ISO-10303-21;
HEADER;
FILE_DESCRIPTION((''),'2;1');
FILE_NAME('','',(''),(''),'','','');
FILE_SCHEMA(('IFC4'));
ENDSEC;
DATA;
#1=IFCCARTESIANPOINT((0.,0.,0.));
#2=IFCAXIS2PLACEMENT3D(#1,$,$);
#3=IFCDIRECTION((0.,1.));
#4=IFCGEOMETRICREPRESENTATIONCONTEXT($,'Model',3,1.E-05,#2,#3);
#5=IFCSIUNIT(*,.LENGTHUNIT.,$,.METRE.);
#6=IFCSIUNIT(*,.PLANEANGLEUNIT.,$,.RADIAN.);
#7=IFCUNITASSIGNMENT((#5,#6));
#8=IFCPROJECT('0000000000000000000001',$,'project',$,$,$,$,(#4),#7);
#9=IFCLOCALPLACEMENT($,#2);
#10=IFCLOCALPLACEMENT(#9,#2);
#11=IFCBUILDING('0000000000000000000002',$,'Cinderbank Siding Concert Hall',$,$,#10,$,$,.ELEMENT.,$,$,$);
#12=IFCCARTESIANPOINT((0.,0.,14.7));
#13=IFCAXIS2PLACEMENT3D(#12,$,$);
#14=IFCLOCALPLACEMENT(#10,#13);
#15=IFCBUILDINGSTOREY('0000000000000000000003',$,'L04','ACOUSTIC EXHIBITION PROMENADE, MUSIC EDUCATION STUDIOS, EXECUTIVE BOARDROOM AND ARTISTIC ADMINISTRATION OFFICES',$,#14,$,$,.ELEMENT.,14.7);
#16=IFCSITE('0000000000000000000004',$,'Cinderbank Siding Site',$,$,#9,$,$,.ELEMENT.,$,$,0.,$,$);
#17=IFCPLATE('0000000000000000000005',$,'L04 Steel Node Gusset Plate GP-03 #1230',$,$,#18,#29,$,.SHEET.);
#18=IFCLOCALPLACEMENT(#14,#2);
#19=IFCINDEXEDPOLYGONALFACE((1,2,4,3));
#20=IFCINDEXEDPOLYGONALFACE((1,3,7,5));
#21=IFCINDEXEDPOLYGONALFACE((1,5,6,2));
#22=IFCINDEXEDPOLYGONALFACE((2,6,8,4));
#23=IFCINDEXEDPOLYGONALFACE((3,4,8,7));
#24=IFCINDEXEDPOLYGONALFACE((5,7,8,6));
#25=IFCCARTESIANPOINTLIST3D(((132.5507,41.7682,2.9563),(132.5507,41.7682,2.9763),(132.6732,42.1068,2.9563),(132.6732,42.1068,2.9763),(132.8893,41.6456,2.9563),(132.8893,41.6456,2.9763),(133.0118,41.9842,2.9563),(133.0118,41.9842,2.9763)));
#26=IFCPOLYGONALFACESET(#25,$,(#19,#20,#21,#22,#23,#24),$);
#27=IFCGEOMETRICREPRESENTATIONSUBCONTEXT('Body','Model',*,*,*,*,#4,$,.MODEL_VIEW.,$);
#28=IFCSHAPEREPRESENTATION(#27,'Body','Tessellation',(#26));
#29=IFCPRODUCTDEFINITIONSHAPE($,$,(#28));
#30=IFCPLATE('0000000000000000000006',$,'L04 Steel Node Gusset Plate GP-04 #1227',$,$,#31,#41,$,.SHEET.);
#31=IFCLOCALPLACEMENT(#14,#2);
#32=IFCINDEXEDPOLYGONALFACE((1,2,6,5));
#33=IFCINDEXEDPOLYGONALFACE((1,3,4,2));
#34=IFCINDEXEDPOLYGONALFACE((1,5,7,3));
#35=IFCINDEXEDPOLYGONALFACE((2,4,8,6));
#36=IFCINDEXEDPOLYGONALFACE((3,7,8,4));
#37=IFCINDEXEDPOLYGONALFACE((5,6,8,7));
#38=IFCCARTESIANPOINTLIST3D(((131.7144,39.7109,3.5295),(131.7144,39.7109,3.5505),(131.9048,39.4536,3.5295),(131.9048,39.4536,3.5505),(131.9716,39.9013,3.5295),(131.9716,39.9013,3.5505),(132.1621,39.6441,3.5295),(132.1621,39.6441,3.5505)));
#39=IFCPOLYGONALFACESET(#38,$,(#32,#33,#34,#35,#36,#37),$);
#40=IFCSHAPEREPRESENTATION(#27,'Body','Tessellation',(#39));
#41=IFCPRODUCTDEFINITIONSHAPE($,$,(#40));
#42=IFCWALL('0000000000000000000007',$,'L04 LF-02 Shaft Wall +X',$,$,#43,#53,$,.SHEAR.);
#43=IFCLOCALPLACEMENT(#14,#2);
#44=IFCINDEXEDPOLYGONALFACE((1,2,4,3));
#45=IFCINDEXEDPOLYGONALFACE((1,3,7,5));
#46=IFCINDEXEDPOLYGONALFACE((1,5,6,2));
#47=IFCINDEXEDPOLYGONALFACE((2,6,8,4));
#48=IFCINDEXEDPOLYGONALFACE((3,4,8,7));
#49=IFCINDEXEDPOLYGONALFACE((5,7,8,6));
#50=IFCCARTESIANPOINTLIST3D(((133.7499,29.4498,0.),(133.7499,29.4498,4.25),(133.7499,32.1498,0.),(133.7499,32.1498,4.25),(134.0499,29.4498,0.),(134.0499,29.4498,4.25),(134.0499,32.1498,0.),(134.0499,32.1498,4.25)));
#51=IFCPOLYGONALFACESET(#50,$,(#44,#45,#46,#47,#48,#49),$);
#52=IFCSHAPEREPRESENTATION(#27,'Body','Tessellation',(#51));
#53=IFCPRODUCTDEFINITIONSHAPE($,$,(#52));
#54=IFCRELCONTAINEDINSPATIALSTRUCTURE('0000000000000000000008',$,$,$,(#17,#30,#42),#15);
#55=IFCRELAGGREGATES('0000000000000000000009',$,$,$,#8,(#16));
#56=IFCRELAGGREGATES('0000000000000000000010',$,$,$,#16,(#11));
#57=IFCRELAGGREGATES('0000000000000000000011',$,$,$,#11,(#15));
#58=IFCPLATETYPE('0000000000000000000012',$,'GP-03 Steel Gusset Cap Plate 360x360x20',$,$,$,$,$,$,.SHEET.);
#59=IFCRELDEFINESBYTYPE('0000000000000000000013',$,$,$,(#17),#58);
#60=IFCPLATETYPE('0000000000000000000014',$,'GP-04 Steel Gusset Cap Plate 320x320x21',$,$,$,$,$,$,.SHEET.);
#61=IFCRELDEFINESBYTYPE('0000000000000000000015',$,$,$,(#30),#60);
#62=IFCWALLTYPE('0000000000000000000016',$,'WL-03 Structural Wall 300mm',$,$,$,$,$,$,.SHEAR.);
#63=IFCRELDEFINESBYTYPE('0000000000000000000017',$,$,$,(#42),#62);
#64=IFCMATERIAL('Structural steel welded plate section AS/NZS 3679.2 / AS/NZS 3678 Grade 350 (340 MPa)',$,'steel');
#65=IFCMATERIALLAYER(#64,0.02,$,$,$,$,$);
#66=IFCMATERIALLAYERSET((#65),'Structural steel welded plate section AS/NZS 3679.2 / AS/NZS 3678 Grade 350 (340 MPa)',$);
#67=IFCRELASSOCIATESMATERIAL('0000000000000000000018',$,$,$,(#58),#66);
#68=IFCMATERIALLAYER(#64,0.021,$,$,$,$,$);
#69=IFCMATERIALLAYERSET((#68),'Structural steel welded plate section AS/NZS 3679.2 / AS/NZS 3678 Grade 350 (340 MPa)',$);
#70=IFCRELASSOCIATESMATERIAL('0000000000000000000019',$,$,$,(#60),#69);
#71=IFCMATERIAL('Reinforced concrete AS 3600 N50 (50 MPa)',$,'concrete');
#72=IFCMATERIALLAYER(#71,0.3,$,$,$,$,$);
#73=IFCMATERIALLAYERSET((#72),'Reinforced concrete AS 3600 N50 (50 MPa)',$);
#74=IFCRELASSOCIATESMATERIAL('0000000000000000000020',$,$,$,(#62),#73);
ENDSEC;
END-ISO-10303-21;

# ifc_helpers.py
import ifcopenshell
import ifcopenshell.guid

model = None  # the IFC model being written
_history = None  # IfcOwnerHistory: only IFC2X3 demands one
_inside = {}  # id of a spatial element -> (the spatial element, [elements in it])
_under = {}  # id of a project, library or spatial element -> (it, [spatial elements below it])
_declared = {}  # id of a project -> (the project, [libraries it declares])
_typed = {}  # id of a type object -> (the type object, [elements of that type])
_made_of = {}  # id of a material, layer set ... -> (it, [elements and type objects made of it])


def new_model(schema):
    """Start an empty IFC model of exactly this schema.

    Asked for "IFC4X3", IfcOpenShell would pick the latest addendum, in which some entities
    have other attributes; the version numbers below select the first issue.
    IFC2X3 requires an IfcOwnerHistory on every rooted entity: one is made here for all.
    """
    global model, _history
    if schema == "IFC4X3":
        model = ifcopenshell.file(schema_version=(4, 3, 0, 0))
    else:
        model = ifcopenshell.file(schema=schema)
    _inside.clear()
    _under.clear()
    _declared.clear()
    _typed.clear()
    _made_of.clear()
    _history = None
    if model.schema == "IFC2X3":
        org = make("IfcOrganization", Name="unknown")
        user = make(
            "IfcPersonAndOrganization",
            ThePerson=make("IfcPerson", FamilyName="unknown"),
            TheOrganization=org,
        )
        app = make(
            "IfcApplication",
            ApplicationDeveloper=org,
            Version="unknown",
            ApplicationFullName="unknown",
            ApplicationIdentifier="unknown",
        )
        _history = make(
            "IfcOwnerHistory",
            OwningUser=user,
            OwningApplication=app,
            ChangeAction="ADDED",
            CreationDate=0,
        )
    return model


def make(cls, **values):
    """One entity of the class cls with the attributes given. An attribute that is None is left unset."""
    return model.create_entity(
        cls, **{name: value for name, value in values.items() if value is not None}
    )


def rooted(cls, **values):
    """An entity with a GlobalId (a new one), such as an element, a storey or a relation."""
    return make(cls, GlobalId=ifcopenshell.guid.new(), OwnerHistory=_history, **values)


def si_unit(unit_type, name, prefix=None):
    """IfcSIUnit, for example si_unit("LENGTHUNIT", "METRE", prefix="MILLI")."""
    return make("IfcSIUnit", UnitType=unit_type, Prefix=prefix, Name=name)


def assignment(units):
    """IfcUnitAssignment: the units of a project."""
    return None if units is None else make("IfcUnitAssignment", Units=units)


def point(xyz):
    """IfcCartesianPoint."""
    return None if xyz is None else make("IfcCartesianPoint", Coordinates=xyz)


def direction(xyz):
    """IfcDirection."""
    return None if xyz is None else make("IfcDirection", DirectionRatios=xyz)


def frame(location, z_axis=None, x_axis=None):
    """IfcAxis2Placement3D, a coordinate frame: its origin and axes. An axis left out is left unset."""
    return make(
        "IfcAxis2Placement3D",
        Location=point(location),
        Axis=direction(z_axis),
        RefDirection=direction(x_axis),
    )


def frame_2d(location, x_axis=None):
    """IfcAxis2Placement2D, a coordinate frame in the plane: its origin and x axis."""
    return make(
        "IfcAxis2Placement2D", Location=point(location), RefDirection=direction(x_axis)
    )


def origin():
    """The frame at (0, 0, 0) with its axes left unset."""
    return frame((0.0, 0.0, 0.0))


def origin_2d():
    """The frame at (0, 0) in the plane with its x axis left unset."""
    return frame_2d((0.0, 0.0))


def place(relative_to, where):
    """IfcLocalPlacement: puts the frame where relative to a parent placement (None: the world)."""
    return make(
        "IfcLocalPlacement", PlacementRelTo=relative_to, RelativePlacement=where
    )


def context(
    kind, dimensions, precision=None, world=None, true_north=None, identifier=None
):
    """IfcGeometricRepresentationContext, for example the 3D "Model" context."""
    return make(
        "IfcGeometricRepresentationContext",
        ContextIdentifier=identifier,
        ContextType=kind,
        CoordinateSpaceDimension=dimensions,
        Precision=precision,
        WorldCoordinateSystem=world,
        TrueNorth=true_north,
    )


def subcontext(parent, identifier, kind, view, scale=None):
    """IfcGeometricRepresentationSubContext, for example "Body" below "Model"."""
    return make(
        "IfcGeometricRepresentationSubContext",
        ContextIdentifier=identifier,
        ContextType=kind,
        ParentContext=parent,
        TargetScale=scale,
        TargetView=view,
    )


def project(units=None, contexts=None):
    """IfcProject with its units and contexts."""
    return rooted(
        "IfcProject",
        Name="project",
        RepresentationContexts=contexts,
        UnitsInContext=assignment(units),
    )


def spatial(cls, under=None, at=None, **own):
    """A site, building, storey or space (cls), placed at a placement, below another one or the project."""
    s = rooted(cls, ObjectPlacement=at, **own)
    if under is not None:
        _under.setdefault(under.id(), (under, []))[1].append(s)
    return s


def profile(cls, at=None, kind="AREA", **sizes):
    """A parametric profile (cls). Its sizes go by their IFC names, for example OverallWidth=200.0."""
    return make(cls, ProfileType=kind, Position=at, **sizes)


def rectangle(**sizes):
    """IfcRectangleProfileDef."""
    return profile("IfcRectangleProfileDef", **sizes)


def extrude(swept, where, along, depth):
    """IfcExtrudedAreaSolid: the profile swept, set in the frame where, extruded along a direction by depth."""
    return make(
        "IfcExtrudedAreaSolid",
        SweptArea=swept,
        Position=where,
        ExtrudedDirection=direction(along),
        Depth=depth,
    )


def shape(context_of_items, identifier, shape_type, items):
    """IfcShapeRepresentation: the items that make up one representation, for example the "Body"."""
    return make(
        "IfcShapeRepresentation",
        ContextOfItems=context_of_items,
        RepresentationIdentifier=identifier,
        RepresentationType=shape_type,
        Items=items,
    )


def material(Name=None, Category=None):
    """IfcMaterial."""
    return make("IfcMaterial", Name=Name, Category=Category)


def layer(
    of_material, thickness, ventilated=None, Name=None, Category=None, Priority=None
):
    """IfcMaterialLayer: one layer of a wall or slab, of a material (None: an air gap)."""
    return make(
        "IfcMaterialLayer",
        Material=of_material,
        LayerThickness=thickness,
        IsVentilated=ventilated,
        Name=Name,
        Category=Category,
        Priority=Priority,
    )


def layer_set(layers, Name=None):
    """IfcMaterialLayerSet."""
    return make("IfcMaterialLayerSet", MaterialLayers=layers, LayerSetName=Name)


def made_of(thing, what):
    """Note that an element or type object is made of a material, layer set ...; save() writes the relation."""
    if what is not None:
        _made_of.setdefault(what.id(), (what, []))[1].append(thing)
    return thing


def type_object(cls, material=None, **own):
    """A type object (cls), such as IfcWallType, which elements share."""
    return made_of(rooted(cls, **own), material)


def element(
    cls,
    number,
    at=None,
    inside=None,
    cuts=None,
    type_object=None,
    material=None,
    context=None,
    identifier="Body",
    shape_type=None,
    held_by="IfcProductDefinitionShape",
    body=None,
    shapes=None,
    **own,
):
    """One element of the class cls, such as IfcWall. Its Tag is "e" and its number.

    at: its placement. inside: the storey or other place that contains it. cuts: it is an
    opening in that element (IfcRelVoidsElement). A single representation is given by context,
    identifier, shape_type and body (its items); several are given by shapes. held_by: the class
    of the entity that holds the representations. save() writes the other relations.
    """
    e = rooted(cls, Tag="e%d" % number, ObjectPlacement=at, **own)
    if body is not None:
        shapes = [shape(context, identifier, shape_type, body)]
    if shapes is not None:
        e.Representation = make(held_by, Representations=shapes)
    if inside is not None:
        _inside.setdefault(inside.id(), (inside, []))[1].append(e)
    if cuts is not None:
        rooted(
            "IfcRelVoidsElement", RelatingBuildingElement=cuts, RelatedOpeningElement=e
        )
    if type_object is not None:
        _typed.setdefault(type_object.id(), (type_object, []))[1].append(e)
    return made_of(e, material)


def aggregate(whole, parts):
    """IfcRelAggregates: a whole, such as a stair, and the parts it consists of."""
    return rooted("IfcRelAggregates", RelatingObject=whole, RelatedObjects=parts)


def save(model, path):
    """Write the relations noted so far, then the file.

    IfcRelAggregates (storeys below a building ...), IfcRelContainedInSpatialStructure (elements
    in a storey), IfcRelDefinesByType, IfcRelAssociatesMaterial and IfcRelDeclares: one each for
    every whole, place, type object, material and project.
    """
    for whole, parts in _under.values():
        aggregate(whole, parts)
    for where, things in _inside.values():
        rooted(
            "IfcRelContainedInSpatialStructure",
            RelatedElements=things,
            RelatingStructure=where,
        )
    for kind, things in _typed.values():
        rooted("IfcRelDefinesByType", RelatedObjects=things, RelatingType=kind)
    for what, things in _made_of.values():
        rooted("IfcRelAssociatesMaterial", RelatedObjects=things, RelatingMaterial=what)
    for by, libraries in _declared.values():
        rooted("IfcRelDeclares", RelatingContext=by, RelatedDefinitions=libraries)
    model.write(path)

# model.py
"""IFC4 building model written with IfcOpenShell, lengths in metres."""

from ifc_helpers import new_model, si_unit, direction, frame, frame_2d, origin, origin_2d, place, context, subcontext, project, spatial, rectangle, extrude, material, layer, layer_set, type_object, element, save


model = new_model("IFC4")

# Units and contexts
model_context = context("Model", 3, precision=1e-05, world=origin(), true_north=direction((0.0, 1.0)))
body_context = subcontext(model_context, "Body", "Model", "MODEL_VIEW")
ifc_project = project(units=[si_unit("LENGTHUNIT", "METRE"), si_unit("PLANEANGLEUNIT", "RADIAN")], contexts=[model_context])

# Site, building, storey
site_placement = place(None, origin())
site = spatial("IfcSite", under=ifc_project, at=site_placement, Name="Cinderbank Siding Site", CompositionType="ELEMENT", RefElevation=0.0)
building_placement = place(site_placement, origin())
building = spatial("IfcBuilding", under=site, at=building_placement, Name="Cinderbank Siding Concert Hall", CompositionType="ELEMENT")
storey_placement = place(building_placement, frame((0.0, 0.0, 14.7)))
storey = spatial("IfcBuildingStorey", under=building, at=storey_placement, Name="L04", Description="ACOUSTIC EXHIBITION PROMENADE, MUSIC EDUCATION STUDIOS, EXECUTIVE BOARDROOM AND ARTISTIC ADMINISTRATION OFFICES", CompositionType="ELEMENT", Elevation=14.7)

# Plates
ifc_material_1 = material(Name="Structural steel welded plate section AS/NZS 3679.2 / AS/NZS 3678 Grade 350 (340 MPa)", Category="steel")
ifc_layer_1 = layer(ifc_material_1, 0.02)
ifc_layer_set_1 = layer_set([ifc_layer_1], Name="Structural steel welded plate section AS/NZS 3679.2 / AS/NZS 3678 Grade 350 (340 MPa)")
plate_type_1 = type_object("IfcPlateType", Name="GP-03 Steel Gusset Cap Plate 360x360x20", PredefinedType="SHEET", material=ifc_layer_set_1)
plate_1_placement = place(storey_placement, frame((132.7812, 41.8762, 2.9563), z_axis=(0.0, 0.0, 1.0), x_axis=(-0.34038, -0.940288, 0.0)))
element("IfcPlate", 1, at=plate_1_placement, inside=storey, type_object=plate_type_1, Name="L04 Steel Node Gusset Plate GP-03 #1230", PredefinedType="SHEET", context=body_context, shape_type="SweptSolid", body=[
    extrude(rectangle(XDim=0.3601, YDim=0.3601, at=origin_2d()), origin(), (0.0, 0.0, 1.0), 0.02),
])
ifc_layer_2 = layer(ifc_material_1, 0.021)
ifc_layer_set_2 = layer_set([ifc_layer_2], Name="Structural steel welded plate section AS/NZS 3679.2 / AS/NZS 3678 Grade 350 (340 MPa)")
plate_type_2 = type_object("IfcPlateType", Name="GP-04 Steel Gusset Cap Plate 320x320x21", PredefinedType="SHEET", material=ifc_layer_set_2)
plate_2_placement = place(storey_placement, frame((131.9382, 39.6775, 3.5295), z_axis=(0.0, 0.0, 1.0), x_axis=(0.803753, 0.594963, 0.0)))
element("IfcPlate", 2, at=plate_2_placement, inside=storey, type_object=plate_type_2, Name="L04 Steel Node Gusset Plate GP-04 #1227", PredefinedType="SHEET", context=body_context, shape_type="SweptSolid", body=[
    extrude(rectangle(XDim=0.3201, YDim=0.3201, at=origin_2d()), origin(), (0.0, 0.0, 1.0), 0.021),
])

# Wall
ifc_material_2 = material(Name="Reinforced concrete AS 3600 N50 (50 MPa)", Category="concrete")
ifc_layer_3 = layer(ifc_material_2, 0.3)
ifc_layer_set_3 = layer_set([ifc_layer_3], Name="Reinforced concrete AS 3600 N50 (50 MPa)")
wall_type = type_object("IfcWallType", Name="WL-03 Structural Wall 300mm", PredefinedType="SHEAR", material=ifc_layer_set_3)
wall_placement = place(storey_placement, frame((133.8999, 32.1499, 0.0), z_axis=(0.0, 0.0, 1.0), x_axis=(0.0, -1.0, 0.0)))
element("IfcWall", 3, at=wall_placement, inside=storey, type_object=wall_type, Name="L04 LF-02 Shaft Wall +X", PredefinedType="SHEAR", context=body_context, shape_type="SweptSolid", body=[
    extrude(rectangle(XDim=2.7, YDim=0.3, at=frame_2d((1.3501, 0.0))), origin(), (0.0, 0.0, 1.0), 4.25),
])

save(model, "model.ifc")
